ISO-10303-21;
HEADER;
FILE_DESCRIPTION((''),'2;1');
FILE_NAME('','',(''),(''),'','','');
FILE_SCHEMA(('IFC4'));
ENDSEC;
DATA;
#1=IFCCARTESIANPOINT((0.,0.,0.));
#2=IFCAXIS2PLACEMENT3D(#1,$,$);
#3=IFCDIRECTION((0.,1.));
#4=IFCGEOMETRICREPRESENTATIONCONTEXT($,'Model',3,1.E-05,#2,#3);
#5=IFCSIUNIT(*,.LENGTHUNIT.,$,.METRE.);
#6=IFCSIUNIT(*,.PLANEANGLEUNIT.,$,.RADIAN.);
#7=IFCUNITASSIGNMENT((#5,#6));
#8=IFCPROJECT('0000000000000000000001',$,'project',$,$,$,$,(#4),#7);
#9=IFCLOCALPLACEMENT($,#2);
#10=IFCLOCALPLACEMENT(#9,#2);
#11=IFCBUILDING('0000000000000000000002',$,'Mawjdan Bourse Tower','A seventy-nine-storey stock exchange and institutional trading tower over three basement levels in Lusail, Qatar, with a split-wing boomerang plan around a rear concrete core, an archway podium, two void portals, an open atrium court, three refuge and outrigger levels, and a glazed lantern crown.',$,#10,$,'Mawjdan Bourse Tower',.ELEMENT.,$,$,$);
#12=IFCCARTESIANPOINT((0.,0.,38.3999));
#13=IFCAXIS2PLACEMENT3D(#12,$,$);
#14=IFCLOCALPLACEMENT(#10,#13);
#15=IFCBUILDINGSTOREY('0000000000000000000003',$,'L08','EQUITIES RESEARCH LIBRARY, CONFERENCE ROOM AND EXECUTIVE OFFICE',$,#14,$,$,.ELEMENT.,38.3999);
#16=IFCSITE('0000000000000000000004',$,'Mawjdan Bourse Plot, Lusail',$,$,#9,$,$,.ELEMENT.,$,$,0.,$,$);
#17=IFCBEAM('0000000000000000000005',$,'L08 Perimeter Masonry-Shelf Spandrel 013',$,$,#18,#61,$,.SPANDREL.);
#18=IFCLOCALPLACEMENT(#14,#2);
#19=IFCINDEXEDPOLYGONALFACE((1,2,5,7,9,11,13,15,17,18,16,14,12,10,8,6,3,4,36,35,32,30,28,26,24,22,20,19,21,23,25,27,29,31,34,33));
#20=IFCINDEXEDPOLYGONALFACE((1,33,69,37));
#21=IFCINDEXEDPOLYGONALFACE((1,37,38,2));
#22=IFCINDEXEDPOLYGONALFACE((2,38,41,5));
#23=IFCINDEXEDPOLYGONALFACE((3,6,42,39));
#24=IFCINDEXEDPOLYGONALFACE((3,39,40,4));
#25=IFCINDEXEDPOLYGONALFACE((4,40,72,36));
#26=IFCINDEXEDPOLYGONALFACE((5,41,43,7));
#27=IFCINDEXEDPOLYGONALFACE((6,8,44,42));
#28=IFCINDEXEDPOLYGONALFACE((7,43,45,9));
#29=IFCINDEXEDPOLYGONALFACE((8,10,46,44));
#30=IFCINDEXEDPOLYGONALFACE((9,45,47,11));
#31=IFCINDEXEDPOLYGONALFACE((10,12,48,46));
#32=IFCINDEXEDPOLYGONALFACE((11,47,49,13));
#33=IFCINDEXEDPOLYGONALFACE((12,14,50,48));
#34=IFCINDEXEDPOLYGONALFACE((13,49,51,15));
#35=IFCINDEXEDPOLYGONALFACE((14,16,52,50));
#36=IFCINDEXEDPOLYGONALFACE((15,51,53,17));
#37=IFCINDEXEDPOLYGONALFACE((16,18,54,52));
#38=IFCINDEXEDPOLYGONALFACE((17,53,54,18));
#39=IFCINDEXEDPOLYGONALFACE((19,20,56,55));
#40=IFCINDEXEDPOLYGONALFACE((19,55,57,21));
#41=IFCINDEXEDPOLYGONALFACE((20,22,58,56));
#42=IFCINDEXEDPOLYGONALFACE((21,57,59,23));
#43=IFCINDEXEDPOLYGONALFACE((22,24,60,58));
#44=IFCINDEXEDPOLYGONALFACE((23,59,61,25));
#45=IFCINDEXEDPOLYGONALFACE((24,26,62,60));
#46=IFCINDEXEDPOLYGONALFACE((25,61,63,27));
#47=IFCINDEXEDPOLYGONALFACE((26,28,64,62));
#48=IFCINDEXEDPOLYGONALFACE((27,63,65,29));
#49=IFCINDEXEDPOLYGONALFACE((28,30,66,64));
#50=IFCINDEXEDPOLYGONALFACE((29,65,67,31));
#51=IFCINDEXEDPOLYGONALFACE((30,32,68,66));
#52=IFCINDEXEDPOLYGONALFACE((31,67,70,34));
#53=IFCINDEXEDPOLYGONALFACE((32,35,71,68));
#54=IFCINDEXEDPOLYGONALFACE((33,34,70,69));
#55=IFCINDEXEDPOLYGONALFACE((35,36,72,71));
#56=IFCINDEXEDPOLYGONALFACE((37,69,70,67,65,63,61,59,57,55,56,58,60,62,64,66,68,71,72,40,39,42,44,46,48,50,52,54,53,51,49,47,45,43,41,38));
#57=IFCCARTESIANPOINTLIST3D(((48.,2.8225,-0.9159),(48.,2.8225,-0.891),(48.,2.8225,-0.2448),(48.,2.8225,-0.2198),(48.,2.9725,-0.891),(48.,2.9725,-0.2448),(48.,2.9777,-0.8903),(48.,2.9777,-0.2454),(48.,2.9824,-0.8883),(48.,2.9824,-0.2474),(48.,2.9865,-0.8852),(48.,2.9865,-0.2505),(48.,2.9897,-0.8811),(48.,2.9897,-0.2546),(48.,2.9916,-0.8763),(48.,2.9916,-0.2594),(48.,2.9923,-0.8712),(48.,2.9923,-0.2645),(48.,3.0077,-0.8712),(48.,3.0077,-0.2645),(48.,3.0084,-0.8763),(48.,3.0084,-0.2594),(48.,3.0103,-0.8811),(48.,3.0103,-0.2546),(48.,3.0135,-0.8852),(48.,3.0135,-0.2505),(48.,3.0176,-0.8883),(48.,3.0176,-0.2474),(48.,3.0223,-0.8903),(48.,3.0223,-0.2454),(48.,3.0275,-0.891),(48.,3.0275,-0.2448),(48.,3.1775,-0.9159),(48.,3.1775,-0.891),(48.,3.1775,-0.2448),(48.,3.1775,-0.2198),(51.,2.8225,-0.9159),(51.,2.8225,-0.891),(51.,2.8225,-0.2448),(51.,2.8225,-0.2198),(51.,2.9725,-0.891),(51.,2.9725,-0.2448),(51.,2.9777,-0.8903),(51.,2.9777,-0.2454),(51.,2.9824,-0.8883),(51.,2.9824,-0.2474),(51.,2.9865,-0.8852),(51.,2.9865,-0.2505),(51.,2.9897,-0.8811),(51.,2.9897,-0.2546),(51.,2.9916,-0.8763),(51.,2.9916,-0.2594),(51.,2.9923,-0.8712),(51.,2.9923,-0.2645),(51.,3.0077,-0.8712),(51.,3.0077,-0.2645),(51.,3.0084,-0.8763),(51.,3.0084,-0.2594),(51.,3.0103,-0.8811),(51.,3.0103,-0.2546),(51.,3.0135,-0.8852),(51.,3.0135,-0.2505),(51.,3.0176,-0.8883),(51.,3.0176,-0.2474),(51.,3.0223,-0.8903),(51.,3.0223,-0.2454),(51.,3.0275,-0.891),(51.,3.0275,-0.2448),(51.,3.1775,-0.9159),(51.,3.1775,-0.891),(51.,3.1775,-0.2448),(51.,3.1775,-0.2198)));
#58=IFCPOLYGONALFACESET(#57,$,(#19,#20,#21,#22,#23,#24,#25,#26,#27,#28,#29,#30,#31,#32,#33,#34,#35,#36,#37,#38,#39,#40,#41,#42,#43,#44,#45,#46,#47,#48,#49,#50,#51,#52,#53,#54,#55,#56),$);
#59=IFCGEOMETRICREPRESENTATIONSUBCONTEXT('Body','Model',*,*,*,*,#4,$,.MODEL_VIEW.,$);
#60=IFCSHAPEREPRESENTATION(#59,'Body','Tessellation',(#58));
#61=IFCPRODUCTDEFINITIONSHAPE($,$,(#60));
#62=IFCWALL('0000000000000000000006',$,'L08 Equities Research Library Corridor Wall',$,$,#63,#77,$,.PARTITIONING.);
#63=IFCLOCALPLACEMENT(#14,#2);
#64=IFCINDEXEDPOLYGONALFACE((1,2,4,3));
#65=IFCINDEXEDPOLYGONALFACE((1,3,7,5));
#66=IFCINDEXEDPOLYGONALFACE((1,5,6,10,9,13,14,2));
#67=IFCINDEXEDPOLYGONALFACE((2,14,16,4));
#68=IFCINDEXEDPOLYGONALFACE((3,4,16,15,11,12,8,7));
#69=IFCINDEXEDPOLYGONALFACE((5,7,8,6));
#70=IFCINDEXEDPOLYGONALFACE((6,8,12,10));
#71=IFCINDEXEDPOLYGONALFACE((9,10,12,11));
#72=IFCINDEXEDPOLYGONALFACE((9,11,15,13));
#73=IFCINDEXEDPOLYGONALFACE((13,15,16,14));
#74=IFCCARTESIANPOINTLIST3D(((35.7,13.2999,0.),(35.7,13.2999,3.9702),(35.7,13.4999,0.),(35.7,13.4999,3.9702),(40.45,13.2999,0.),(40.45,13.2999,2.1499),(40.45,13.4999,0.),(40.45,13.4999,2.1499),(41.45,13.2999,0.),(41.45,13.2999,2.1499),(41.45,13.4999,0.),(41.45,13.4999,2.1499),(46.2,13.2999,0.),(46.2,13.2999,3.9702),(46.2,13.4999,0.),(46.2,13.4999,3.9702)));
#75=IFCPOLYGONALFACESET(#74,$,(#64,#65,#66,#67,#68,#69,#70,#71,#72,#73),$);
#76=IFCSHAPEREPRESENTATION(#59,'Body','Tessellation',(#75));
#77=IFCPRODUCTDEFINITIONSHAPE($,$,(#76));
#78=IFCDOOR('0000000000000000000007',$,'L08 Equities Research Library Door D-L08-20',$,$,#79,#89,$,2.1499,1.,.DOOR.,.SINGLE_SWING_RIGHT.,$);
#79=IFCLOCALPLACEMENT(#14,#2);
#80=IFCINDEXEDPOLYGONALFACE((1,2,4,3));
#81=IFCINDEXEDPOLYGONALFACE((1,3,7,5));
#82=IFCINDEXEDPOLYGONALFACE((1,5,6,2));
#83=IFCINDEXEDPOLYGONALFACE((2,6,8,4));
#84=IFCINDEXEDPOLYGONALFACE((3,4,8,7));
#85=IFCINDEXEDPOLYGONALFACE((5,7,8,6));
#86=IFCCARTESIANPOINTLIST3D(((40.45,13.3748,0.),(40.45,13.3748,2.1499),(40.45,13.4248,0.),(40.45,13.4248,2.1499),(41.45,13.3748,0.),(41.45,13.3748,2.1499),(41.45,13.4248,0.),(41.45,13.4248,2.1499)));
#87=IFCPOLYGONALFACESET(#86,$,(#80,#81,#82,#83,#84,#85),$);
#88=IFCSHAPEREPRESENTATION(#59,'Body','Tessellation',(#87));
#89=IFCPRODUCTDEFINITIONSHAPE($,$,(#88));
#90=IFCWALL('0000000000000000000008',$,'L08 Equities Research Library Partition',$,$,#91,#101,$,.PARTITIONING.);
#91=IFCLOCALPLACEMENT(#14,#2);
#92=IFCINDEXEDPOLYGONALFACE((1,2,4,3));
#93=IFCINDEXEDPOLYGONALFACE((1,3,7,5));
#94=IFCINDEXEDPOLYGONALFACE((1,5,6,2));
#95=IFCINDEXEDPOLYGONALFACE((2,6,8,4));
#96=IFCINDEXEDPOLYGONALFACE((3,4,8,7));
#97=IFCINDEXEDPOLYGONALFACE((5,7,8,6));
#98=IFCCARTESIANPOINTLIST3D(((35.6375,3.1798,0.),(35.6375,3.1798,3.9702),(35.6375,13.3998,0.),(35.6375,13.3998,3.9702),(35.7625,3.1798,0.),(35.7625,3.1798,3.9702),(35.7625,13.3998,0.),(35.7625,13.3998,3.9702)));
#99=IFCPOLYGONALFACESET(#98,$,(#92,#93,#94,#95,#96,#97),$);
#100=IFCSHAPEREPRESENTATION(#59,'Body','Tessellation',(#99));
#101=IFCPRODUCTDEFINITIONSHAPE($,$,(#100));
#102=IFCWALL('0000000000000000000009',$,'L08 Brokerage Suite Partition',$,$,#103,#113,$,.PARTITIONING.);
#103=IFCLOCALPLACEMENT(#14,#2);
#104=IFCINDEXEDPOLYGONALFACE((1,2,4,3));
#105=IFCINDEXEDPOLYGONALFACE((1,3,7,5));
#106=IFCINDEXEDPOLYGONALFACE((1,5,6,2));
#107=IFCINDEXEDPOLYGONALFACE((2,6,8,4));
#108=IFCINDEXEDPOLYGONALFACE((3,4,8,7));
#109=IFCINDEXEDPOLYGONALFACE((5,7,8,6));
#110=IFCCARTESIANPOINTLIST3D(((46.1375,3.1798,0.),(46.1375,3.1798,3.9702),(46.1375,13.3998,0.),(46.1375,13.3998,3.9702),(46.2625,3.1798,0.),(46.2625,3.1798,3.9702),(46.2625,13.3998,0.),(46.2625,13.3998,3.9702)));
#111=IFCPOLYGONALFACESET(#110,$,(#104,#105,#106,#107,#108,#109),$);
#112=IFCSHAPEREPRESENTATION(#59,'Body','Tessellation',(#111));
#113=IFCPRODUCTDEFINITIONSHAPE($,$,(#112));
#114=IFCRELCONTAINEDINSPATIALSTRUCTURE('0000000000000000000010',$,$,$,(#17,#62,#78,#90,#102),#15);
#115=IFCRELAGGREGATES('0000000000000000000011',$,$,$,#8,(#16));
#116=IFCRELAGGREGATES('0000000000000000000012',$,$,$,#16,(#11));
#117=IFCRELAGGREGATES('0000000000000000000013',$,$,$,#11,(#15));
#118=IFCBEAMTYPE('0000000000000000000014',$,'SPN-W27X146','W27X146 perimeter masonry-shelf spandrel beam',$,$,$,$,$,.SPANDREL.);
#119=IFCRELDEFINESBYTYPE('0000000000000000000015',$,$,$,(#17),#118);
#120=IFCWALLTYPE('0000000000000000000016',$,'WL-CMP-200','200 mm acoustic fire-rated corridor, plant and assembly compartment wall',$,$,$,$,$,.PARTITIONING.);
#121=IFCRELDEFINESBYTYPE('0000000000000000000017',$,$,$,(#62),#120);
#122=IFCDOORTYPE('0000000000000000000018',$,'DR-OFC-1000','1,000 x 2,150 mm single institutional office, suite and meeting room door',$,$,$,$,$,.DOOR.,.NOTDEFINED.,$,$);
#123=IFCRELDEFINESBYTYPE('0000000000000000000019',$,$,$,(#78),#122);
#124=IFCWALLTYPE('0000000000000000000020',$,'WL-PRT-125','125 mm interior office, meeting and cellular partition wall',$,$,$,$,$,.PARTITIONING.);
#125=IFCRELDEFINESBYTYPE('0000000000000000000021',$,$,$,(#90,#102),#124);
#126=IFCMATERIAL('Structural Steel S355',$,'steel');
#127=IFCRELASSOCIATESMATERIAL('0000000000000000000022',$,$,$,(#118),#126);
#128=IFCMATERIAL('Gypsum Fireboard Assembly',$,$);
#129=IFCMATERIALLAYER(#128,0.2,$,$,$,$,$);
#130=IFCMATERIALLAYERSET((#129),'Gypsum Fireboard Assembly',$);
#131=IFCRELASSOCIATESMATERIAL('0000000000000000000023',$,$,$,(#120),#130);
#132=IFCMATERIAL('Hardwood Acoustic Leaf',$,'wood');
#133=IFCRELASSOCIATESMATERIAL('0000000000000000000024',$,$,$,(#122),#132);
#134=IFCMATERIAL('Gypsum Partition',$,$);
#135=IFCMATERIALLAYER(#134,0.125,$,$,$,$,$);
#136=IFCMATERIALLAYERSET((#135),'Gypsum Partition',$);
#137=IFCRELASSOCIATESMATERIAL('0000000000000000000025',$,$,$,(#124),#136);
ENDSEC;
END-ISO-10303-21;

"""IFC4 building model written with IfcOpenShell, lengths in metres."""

from ifc_helpers import new_model, si_unit, direction, frame, frame_2d, origin, origin_2d, place, context, subcontext, project, spatial, rectangle, i_section, extrude, material, layer, layer_set, material_profile, profile_set, type_object, element, fill, save


model = new_model("IFC4")

# Units and contexts
model_context = context("Model", 3, precision=1e-05, world=origin(), true_north=direction((0.0, 1.0)))
body_context = subcontext(model_context, "Body", "Model", "MODEL_VIEW")
ifc_project = project(units=[si_unit("LENGTHUNIT", "METRE"), si_unit("PLANEANGLEUNIT", "RADIAN")], contexts=[model_context])

# Site, building, storey
site_placement = place(None, origin())
site = spatial("IfcSite", under=ifc_project, at=site_placement, Name="Mawjdan Bourse Plot, Lusail", CompositionType="ELEMENT", RefElevation=0.0)
building_placement = place(site_placement, origin())
building = spatial("IfcBuilding", under=site, at=building_placement, Name="Mawjdan Bourse Tower", Description="A seventy-nine-storey stock exchange and institutional trading tower over three basement levels in Lusail, Qatar, with a split-wing boomerang plan around a rear concrete core, an archway podium, two void portals, an open atrium court, three refuge and outrigger levels, and a glazed lantern crown.", LongName="Mawjdan Bourse Tower", CompositionType="ELEMENT")
storey_placement = place(building_placement, frame((0.0, 0.0, 38.3999)))
storey = spatial("IfcBuildingStorey", under=building, at=storey_placement, Name="L08", Description="EQUITIES RESEARCH LIBRARY, CONFERENCE ROOM AND EXECUTIVE OFFICE", CompositionType="ELEMENT", Elevation=38.3999)

# Beam
ifc_material_1 = material(Name="Structural Steel S355", Category="steel")
ifc_material_profile_1 = material_profile(ifc_material_1, i_section(OverallWidth=0.355, OverallDepth=0.696, WebThickness=0.0154, FlangeThickness=0.0249, FilletRadius=0.0198, at=origin_2d()), Name="W27X146")
ifc_profile_set_1 = profile_set([ifc_material_profile_1], Name="Structural Steel S355")
beam_type_1 = type_object("IfcBeamType", Name="SPN-W27X146", Description="W27X146 perimeter masonry-shelf spandrel beam", PredefinedType="SPANDREL", material=ifc_profile_set_1)
beam_1_placement = place(storey_placement, frame((48.0, 3.0, -0.5679), z_axis=(1.0, 0.0, 0.0), x_axis=(0.0, 1.0, 0.0)))
element("IfcBeam", 1, at=beam_1_placement, inside=storey, type_object=beam_type_1, Name="L08 Perimeter Masonry-Shelf Spandrel 013", PredefinedType="SPANDREL", context=body_context, shape_type="SweptSolid", body=[
    extrude(i_section(OverallWidth=0.355, OverallDepth=0.696, WebThickness=0.0154, FlangeThickness=0.0249, FilletRadius=0.0198, at=origin_2d()), origin(), (0.0, 0.0, 1.0), 3.0),
])

# Wall, opening, door
ifc_material_2 = material(Name="Gypsum Fireboard Assembly")
ifc_layer_1 = layer(ifc_material_2, 0.2)
ifc_layer_set_1 = layer_set([ifc_layer_1], Name="Gypsum Fireboard Assembly")
wall_type_1 = type_object("IfcWallType", Name="WL-CMP-200", Description="200 mm acoustic fire-rated corridor, plant and assembly compartment wall", PredefinedType="PARTITIONING", material=ifc_layer_set_1)
wall_placement = place(storey_placement, frame((35.7, 13.3999, 0.0), z_axis=(0.0, 0.0, 1.0), x_axis=(1.0, 0.0, 0.0)))
wall = element("IfcWall", 2, at=wall_placement, inside=storey, type_object=wall_type_1, Name="L08 Equities Research Library Corridor Wall", PredefinedType="PARTITIONING", context=body_context, shape_type="SweptSolid", body=[
    extrude(rectangle(XDim=10.5, YDim=0.2, at=frame_2d((5.25, 0.0))), origin(), (0.0, 0.0, 1.0), 3.9702),
])
opening_placement = place(wall_placement, frame((4.75, 0.0, 0.0)))
opening = element("IfcOpeningElement", 3, at=opening_placement, cuts=wall, PredefinedType="OPENING", context=body_context, shape_type="SweptSolid", body=[
    extrude(rectangle(XDim=1.0, YDim=2.1499, at=frame_2d((0.5, 1.075))), frame((0.0, 0.1099, 0.0), z_axis=(0.0, -1.0, 0.0), x_axis=(1.0, 0.0, 0.0)), (0.0, 0.0, 1.0), 0.22),
])
ifc_material_3 = material(Name="Hardwood Acoustic Leaf", Category="wood")
door_type = type_object("IfcDoorType", Name="DR-OFC-1000", Description="1,000 x 2,150 mm single institutional office, suite and meeting room door", OperationType="NOTDEFINED", PredefinedType="DOOR", material=ifc_material_3)
door_placement = place(opening_placement, origin())
door = element("IfcDoor", 4, at=door_placement, inside=storey, type_object=door_type, Name="L08 Equities Research Library Door D-L08-20", OperationType="SINGLE_SWING_RIGHT", OverallHeight=2.1499, OverallWidth=1.0, PredefinedType="DOOR", context=body_context, shape_type="SweptSolid", body=[
    extrude(rectangle(XDim=1.0, YDim=2.1499, at=frame_2d((0.5, 1.075))), frame((0.0, 0.0249, 0.0), z_axis=(0.0, -1.0, 0.0), x_axis=(1.0, 0.0, 0.0)), (0.0, 0.0, 1.0), 0.05),
])
fill(opening, door)

# Walls
ifc_material_4 = material(Name="Gypsum Partition")
ifc_layer_2 = layer(ifc_material_4, 0.125)
ifc_layer_set_2 = layer_set([ifc_layer_2], Name="Gypsum Partition")
wall_type_2 = type_object("IfcWallType", Name="WL-PRT-125", Description="125 mm interior office, meeting and cellular partition wall", PredefinedType="PARTITIONING", material=ifc_layer_set_2)
for number, where, z_axis, x_axis, name in (
    (5, (35.7, 3.1799, 0.0), (0.0, 0.0, 1.0), (0.0, 1.0, 0.0), "L08 Equities Research Library Partition"),
    (6, (46.2, 3.1799, 0.0), (0.0, 0.0, 1.0), (0.0, 1.0, 0.0), "L08 Brokerage Suite Partition"),
):
    element("IfcWall", number, at=place(storey_placement, frame(where, z_axis=z_axis, x_axis=x_axis)), inside=storey, type_object=wall_type_2, Name=name, PredefinedType="PARTITIONING", context=body_context, shape_type="SweptSolid", body=[
        extrude(rectangle(XDim=10.22, YDim=0.125, at=frame_2d((5.1099, 0.0))), origin(), (0.0, 0.0, 1.0), 3.9702),
    ])

save(model, "model.ifc")
